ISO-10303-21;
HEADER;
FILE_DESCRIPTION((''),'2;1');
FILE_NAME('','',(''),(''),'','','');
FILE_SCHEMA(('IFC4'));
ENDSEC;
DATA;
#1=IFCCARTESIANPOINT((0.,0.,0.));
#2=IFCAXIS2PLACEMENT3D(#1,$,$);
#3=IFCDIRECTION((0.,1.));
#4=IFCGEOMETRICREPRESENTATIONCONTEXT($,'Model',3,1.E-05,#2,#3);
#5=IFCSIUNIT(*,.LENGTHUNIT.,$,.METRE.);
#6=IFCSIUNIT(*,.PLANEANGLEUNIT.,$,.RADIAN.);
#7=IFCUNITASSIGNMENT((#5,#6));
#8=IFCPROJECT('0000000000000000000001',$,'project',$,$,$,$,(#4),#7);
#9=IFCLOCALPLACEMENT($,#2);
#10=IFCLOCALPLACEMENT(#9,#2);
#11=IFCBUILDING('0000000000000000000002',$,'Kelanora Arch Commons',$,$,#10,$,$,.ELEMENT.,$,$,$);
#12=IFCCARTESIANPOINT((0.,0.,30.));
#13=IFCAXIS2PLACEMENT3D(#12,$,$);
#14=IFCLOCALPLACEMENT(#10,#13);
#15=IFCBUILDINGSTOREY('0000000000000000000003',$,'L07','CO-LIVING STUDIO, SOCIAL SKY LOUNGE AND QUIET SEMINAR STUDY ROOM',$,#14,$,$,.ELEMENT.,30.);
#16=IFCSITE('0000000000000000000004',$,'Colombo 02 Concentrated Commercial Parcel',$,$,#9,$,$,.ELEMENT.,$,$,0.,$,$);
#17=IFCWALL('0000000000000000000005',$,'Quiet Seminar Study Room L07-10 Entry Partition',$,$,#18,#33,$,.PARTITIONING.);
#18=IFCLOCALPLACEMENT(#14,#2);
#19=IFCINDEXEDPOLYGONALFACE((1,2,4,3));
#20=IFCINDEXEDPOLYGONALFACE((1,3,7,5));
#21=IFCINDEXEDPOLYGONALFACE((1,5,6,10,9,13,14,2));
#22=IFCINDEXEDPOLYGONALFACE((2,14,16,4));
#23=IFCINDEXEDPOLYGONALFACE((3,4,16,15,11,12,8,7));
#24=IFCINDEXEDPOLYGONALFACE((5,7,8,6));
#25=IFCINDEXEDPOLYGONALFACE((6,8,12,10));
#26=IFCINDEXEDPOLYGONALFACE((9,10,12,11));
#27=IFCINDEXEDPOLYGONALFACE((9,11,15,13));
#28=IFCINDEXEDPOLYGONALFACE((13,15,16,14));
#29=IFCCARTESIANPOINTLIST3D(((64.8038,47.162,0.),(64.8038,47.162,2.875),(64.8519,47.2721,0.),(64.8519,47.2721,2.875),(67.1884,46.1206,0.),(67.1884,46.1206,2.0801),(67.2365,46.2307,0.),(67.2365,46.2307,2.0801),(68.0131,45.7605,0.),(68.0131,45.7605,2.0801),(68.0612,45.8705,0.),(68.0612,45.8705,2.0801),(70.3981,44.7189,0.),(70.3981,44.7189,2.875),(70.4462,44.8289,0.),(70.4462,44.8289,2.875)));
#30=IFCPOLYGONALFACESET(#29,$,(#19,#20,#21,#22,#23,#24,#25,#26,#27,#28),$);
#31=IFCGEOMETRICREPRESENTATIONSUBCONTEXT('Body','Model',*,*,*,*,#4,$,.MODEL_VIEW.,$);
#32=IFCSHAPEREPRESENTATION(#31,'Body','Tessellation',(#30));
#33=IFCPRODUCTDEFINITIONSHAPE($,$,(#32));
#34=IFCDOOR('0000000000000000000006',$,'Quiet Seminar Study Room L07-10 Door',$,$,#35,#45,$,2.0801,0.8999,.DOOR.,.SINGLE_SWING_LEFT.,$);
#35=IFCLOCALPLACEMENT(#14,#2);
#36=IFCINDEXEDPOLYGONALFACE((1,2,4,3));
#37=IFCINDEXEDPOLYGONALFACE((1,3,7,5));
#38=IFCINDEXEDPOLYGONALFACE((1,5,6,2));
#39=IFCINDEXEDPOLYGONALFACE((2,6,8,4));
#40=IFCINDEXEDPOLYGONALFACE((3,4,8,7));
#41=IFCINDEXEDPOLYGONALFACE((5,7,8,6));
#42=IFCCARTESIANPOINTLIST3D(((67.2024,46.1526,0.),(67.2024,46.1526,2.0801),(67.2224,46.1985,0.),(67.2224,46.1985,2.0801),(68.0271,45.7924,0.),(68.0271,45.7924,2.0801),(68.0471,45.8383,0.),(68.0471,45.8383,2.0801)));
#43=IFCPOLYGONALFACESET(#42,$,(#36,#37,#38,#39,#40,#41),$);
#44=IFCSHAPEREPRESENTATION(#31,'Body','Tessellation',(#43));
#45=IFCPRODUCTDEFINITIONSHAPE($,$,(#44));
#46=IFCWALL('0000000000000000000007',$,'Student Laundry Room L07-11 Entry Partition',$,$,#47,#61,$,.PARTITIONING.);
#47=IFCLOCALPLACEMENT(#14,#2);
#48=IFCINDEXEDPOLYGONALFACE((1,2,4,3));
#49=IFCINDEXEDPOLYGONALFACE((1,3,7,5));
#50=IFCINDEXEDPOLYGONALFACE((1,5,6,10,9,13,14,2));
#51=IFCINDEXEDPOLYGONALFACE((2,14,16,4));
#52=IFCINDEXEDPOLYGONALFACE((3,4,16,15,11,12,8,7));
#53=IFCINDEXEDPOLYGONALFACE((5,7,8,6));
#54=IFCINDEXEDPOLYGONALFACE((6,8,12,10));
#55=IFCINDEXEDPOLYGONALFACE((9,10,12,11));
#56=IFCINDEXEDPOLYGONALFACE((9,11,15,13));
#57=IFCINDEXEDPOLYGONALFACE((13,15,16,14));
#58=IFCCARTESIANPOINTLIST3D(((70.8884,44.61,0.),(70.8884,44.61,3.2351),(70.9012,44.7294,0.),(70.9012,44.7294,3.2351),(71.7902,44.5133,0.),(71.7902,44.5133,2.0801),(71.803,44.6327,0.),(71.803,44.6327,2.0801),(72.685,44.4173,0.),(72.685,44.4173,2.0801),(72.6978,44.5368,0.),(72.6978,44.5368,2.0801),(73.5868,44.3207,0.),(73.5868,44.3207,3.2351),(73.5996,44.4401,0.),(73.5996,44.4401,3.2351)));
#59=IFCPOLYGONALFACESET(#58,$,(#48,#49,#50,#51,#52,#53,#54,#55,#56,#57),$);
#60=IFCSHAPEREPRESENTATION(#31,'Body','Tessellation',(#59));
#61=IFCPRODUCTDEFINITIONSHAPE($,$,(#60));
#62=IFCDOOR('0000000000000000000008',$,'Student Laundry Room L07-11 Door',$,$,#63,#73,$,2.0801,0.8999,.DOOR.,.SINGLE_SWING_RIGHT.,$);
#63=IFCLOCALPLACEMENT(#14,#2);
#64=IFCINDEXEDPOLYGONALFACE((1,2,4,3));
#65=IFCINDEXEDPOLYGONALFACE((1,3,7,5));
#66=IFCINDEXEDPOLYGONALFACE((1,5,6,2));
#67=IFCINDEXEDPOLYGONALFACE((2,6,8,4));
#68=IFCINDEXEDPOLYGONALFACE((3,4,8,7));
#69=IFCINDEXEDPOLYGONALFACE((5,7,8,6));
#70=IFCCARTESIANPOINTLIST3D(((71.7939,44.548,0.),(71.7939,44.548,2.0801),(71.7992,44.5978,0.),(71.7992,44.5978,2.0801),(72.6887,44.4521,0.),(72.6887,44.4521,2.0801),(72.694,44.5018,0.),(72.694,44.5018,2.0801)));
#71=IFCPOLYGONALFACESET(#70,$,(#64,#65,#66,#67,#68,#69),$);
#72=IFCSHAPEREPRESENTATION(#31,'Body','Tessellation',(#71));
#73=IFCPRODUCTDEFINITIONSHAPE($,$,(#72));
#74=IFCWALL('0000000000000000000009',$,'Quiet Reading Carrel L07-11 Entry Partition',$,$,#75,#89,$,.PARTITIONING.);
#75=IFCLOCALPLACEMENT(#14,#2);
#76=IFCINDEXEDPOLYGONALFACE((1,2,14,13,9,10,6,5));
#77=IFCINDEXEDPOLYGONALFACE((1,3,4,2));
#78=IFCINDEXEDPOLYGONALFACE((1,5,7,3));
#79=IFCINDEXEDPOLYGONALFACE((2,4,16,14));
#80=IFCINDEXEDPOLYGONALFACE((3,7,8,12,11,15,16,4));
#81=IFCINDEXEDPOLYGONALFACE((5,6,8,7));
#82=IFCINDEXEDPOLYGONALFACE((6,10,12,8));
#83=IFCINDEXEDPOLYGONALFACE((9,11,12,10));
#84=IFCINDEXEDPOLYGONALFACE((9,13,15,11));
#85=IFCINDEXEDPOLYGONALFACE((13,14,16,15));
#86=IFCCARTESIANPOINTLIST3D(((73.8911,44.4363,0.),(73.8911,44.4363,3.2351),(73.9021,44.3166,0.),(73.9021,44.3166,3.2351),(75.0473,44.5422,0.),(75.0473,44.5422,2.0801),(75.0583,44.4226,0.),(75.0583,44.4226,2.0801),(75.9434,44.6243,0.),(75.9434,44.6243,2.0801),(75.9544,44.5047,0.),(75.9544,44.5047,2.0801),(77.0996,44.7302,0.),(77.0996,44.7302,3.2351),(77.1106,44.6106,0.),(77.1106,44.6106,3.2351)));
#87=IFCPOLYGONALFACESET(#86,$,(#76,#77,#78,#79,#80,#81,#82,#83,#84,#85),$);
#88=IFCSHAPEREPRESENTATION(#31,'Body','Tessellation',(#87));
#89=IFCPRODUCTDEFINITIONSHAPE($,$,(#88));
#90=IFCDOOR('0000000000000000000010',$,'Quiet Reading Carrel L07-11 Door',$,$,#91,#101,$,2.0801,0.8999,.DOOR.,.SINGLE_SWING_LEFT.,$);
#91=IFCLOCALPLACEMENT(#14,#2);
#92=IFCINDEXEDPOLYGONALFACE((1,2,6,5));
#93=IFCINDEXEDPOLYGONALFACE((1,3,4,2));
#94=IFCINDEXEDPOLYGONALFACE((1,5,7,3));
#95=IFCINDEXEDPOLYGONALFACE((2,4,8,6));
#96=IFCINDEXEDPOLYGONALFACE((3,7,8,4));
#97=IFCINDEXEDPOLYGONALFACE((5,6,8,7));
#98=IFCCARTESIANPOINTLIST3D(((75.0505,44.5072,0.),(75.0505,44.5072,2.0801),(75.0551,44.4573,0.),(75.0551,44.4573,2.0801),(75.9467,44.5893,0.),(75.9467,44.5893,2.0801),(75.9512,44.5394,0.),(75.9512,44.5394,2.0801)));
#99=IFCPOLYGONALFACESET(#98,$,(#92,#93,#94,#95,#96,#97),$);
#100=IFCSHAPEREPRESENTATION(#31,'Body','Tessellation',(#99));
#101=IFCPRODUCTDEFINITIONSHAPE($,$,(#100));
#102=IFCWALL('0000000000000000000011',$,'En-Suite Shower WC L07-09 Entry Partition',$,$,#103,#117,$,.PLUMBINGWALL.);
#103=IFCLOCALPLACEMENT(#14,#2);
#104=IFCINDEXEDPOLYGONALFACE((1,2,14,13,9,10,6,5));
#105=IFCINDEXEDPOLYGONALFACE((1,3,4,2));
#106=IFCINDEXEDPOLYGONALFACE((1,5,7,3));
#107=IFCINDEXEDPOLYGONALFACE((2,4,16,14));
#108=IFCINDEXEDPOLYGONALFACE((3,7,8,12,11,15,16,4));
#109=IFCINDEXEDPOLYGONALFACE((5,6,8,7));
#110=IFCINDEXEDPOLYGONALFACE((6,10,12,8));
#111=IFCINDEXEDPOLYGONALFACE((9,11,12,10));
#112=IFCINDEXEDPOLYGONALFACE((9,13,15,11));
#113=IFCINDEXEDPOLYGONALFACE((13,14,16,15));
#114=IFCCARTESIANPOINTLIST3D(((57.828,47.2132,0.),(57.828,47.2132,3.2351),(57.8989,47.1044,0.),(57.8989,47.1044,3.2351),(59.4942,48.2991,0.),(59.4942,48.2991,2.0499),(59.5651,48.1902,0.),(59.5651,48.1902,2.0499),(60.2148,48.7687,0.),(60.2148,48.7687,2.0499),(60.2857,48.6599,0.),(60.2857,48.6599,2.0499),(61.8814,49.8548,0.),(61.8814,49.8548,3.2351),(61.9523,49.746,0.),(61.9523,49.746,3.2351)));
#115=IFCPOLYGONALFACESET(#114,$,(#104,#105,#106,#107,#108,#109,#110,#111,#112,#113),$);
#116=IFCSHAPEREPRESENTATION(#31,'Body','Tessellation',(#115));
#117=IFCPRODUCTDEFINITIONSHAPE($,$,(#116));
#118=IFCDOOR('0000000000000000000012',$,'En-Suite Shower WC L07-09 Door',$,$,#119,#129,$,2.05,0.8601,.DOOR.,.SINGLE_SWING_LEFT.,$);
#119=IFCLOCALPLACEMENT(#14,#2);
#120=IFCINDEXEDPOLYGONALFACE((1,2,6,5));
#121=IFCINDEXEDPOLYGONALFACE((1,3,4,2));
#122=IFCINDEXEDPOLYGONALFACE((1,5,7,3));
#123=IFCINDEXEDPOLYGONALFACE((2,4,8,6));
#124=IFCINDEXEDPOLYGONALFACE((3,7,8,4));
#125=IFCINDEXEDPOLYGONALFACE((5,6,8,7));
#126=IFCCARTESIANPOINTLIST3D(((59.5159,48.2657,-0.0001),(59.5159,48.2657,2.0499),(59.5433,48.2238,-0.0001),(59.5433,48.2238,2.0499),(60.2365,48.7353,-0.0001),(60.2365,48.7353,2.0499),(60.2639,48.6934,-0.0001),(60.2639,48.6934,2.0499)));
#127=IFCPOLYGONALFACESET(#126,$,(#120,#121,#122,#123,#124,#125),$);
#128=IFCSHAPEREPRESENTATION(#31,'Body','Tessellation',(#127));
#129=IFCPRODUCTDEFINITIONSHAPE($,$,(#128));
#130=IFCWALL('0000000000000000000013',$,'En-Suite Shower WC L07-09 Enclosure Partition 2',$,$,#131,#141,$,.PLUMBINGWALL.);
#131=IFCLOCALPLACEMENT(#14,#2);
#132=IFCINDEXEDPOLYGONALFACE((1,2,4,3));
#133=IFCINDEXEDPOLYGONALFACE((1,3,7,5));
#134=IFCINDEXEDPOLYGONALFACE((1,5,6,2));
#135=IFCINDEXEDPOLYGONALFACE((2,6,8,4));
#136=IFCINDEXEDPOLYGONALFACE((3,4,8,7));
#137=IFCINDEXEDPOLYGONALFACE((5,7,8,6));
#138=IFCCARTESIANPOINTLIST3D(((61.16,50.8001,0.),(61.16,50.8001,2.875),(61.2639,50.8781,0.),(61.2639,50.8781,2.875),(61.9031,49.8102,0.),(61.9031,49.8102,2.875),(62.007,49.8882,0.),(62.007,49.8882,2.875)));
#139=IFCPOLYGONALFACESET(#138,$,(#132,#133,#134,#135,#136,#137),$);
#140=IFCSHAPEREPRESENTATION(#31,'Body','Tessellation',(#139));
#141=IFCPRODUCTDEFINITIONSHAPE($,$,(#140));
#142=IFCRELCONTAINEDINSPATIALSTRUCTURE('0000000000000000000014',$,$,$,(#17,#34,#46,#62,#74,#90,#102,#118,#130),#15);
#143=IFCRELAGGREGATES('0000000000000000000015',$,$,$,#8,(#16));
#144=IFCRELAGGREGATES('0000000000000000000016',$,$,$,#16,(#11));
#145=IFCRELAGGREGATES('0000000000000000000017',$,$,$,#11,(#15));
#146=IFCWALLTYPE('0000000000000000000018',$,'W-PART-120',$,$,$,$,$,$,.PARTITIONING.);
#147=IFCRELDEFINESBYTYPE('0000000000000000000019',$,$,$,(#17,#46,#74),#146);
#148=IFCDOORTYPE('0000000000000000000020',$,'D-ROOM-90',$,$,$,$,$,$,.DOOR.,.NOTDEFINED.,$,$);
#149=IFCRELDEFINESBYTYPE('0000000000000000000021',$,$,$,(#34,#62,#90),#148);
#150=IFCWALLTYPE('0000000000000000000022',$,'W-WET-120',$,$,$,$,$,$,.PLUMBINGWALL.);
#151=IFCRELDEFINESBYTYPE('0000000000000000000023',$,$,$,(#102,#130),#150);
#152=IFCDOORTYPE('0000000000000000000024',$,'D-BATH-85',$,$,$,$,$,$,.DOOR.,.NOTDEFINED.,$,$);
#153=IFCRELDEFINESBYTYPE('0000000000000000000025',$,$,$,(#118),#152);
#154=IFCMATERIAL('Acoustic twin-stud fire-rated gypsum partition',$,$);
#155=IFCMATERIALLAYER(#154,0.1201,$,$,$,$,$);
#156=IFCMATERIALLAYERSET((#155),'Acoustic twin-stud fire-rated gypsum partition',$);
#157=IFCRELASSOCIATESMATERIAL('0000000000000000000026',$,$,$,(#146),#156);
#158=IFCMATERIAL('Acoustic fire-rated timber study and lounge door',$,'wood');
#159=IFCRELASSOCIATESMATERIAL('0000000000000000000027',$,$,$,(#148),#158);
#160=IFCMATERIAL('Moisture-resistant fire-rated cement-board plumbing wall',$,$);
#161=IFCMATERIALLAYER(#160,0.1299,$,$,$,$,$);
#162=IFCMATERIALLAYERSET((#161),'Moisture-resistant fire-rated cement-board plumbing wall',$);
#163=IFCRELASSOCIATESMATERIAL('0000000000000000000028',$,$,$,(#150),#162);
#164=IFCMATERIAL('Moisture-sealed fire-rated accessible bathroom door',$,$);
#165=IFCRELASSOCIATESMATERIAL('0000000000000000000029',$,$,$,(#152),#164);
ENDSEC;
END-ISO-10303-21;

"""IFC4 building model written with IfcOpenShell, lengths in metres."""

from ifc_helpers import new_model, si_unit, direction, frame, frame_2d, origin, place, context, subcontext, project, spatial, rectangle, extrude, material, layer, layer_set, type_object, element, fill, save


model = new_model("IFC4")

# Units and contexts
model_context = context("Model", 3, precision=1e-05, world=origin(), true_north=direction((0.0, 1.0)))
body_context = subcontext(model_context, "Body", "Model", "MODEL_VIEW")
ifc_project = project(units=[si_unit("LENGTHUNIT", "METRE"), si_unit("PLANEANGLEUNIT", "RADIAN")], contexts=[model_context])

# Site, building, storey
site_placement = place(None, origin())
site = spatial("IfcSite", under=ifc_project, at=site_placement, Name="Colombo 02 Concentrated Commercial Parcel", CompositionType="ELEMENT", RefElevation=0.0)
building_placement = place(site_placement, origin())
building = spatial("IfcBuilding", under=site, at=building_placement, Name="Kelanora Arch Commons", CompositionType="ELEMENT")
storey_placement = place(building_placement, frame((0.0, 0.0, 30.0)))
storey = spatial("IfcBuildingStorey", under=building, at=storey_placement, Name="L07", Description="CO-LIVING STUDIO, SOCIAL SKY LOUNGE AND QUIET SEMINAR STUDY ROOM", CompositionType="ELEMENT", Elevation=30.0)

# Walls, openings, doors
ifc_material_1 = material(Name="Acoustic twin-stud fire-rated gypsum partition")
ifc_layer_1 = layer(ifc_material_1, 0.1201)
ifc_layer_set_1 = layer_set([ifc_layer_1], Name="Acoustic twin-stud fire-rated gypsum partition")
wall_type_1 = type_object("IfcWallType", Name="W-PART-120", PredefinedType="PARTITIONING", material=ifc_layer_set_1)
wall_1_placement = place(storey_placement, frame((64.8279, 47.217, 0.0), z_axis=(0.0, 0.0, 1.0), x_axis=(0.91642, -0.400219, 0.0)))
wall_1 = element("IfcWall", 1, at=wall_1_placement, inside=storey, type_object=wall_type_1, Name="Quiet Seminar Study Room L07-10 Entry Partition", PredefinedType="PARTITIONING", context=body_context, shape_type="SweptSolid", body=[
    extrude(rectangle(XDim=6.1045, YDim=0.1201, at=frame_2d((3.0522, 0.0))), origin(), (0.0, 0.0, 1.0), 2.875),
])
opening_1_placement = place(wall_1_placement, frame((2.6021, 0.0, 0.0)))
opening_1 = element("IfcOpeningElement", 2, at=opening_1_placement, cuts=wall_1, PredefinedType="OPENING", context=body_context, shape_type="SweptSolid", body=[
    extrude(rectangle(XDim=0.8999, YDim=2.0801, at=frame_2d((0.45, 1.04))), frame((0.0, 0.0701, 0.0), z_axis=(0.0, -1.0, 0.0), x_axis=(1.0, 0.0, 0.0)), (0.0, 0.0, 1.0), 0.1401),
])
ifc_material_2 = material(Name="Acoustic fire-rated timber study and lounge door", Category="wood")
door_type_1 = type_object("IfcDoorType", Name="D-ROOM-90", OperationType="NOTDEFINED", PredefinedType="DOOR", material=ifc_material_2)
door_1_placement = place(opening_1_placement, origin())
door_1 = element("IfcDoor", 3, at=door_1_placement, inside=storey, type_object=door_type_1, Name="Quiet Seminar Study Room L07-10 Door", OperationType="SINGLE_SWING_LEFT", OverallHeight=2.0801, OverallWidth=0.8999, PredefinedType="DOOR", context=body_context, shape_type="SweptSolid", body=[
    extrude(rectangle(XDim=0.8999, YDim=2.0801, at=frame_2d((0.45, 1.04))), frame((0.0, 0.0249, 0.0), z_axis=(0.0, -1.0, 0.0), x_axis=(1.0, 0.0, 0.0)), (0.0, 0.0, 1.0), 0.05),
])
fill(opening_1, door_1)
wall_2_placement = place(storey_placement, frame((70.8948, 44.6697, 0.0), z_axis=(0.0, 0.0, 1.0), x_axis=(0.994302, -0.1066, 0.0)))
wall_2 = element("IfcWall", 4, at=wall_2_placement, inside=storey, type_object=wall_type_1, Name="Student Laundry Room L07-11 Entry Partition", PredefinedType="PARTITIONING", context=body_context, shape_type="SweptSolid", body=[
    extrude(rectangle(XDim=2.7139, YDim=0.1201, at=frame_2d((1.3569, 0.0))), origin(), (0.0, 0.0, 1.0), 3.2351),
])
opening_2_placement = place(wall_2_placement, frame((0.907, 0.0, 0.0)))
opening_2 = element("IfcOpeningElement", 5, at=opening_2_placement, cuts=wall_2, PredefinedType="OPENING", context=body_context, shape_type="SweptSolid", body=[
    extrude(rectangle(XDim=0.8999, YDim=2.0801, at=frame_2d((0.45, 1.04))), frame((0.0, 0.0701, 0.0), z_axis=(0.0, -1.0, 0.0), x_axis=(1.0, 0.0, 0.0)), (0.0, 0.0, 1.0), 0.1401),
])
door_2_placement = place(opening_2_placement, origin())
door_2 = element("IfcDoor", 6, at=door_2_placement, inside=storey, type_object=door_type_1, Name="Student Laundry Room L07-11 Door", OperationType="SINGLE_SWING_RIGHT", OverallHeight=2.0801, OverallWidth=0.8999, PredefinedType="DOOR", context=body_context, shape_type="SweptSolid", body=[
    extrude(rectangle(XDim=0.8999, YDim=2.0801, at=frame_2d((0.45, 1.04))), frame((0.0, 0.0249, 0.0), z_axis=(0.0, -1.0, 0.0), x_axis=(1.0, 0.0, 0.0)), (0.0, 0.0, 1.0), 0.05),
])
fill(opening_2, door_2)
wall_3_placement = place(storey_placement, frame((73.8967, 44.3765, 0.0), z_axis=(0.0, 0.0, 1.0), x_axis=(0.99583, 0.091233, 0.0)))
wall_3 = element("IfcWall", 7, at=wall_3_placement, inside=storey, type_object=wall_type_1, Name="Quiet Reading Carrel L07-11 Entry Partition", PredefinedType="PARTITIONING", context=body_context, shape_type="SweptSolid", body=[
    extrude(rectangle(XDim=3.2219, YDim=0.1201, at=frame_2d((1.6108, 0.0))), origin(), (0.0, 0.0, 1.0), 3.2351),
])
opening_3_placement = place(wall_3_placement, frame((1.1609, 0.0, 0.0)))
opening_3 = element("IfcOpeningElement", 8, at=opening_3_placement, cuts=wall_3, PredefinedType="OPENING", context=body_context, shape_type="SweptSolid", body=[
    extrude(rectangle(XDim=0.8999, YDim=2.0801, at=frame_2d((0.45, 1.04))), frame((0.0, 0.0701, 0.0), z_axis=(0.0, -1.0, 0.0), x_axis=(1.0, 0.0, 0.0)), (0.0, 0.0, 1.0), 0.1401),
])
door_3_placement = place(opening_3_placement, origin())
door_3 = element("IfcDoor", 9, at=door_3_placement, inside=storey, type_object=door_type_1, Name="Quiet Reading Carrel L07-11 Door", OperationType="SINGLE_SWING_LEFT", OverallHeight=2.0801, OverallWidth=0.8999, PredefinedType="DOOR", context=body_context, shape_type="SweptSolid", body=[
    extrude(rectangle(XDim=0.8999, YDim=2.0801, at=frame_2d((0.45, 1.04))), frame((0.0, 0.0249, 0.0), z_axis=(0.0, -1.0, 0.0), x_axis=(1.0, 0.0, 0.0)), (0.0, 0.0, 1.0), 0.05),
])
fill(opening_3, door_3)
ifc_material_3 = material(Name="Moisture-resistant fire-rated cement-board plumbing wall")
ifc_layer_2 = layer(ifc_material_3, 0.1299)
ifc_layer_set_2 = layer_set([ifc_layer_2], Name="Moisture-resistant fire-rated cement-board plumbing wall")
wall_type_2 = type_object("IfcWallType", Name="W-WET-120", PredefinedType="PLUMBINGWALL", material=ifc_layer_set_2)
wall_4_placement = place(storey_placement, frame((61.9167, 49.8003, 0.0), z_axis=(0.0, 0.0, 1.0), x_axis=(-0.837796, -0.545983, 0.0)))
wall_4 = element("IfcWall", 10, at=wall_4_placement, inside=storey, type_object=wall_type_2, Name="En-Suite Shower WC L07-09 Entry Partition", PredefinedType="PLUMBINGWALL", context=body_context, shape_type="SweptSolid", body=[
    extrude(rectangle(XDim=4.8381, YDim=0.1299, at=frame_2d((2.4189, 0.0))), origin(), (0.0, 0.0, 1.0), 3.2351),
])
opening_4_placement = place(wall_4_placement, frame((1.989, 0.0, 0.0)))
opening_4 = element("IfcOpeningElement", 11, at=opening_4_placement, cuts=wall_4, PredefinedType="OPENING", context=body_context, shape_type="SweptSolid", body=[
    extrude(rectangle(XDim=0.8601, YDim=2.05, at=frame_2d((0.4302, 1.0249))), frame((0.0, 0.075, 0.0), z_axis=(0.0, -1.0, 0.0), x_axis=(1.0, 0.0, 0.0)), (0.0, 0.0, 1.0), 0.1499),
])
ifc_material_4 = material(Name="Moisture-sealed fire-rated accessible bathroom door")
door_type_2 = type_object("IfcDoorType", Name="D-BATH-85", OperationType="NOTDEFINED", PredefinedType="DOOR", material=ifc_material_4)
door_4_placement = place(opening_4_placement, origin())
door_4 = element("IfcDoor", 12, at=door_4_placement, inside=storey, type_object=door_type_2, Name="En-Suite Shower WC L07-09 Door", OperationType="SINGLE_SWING_LEFT", OverallHeight=2.05, OverallWidth=0.8601, PredefinedType="DOOR", context=body_context, shape_type="SweptSolid", body=[
    extrude(rectangle(XDim=0.8601, YDim=2.05, at=frame_2d((0.4302, 1.0249))), frame((0.0, 0.0249, 0.0), z_axis=(0.0, -1.0, 0.0), x_axis=(1.0, 0.0, 0.0)), (0.0, 0.0, 1.0), 0.05),
])
fill(opening_4, door_4)

# Wall
wall_5_placement = place(storey_placement, frame((61.2119, 50.8391, 0.0), z_axis=(0.0, 0.0, 1.0), x_axis=(0.600347, -0.79974, 0.0)))
element("IfcWall", 13, at=wall_5_placement, inside=storey, type_object=wall_type_2, Name="En-Suite Shower WC L07-09 Enclosure Partition 2", PredefinedType="PLUMBINGWALL", context=body_context, shape_type="SweptSolid", body=[
    extrude(rectangle(XDim=1.2378, YDim=0.1299, at=frame_2d((0.6189, 0.0))), origin(), (0.0, 0.0, 1.0), 2.875),
])

save(model, "model.ifc")
